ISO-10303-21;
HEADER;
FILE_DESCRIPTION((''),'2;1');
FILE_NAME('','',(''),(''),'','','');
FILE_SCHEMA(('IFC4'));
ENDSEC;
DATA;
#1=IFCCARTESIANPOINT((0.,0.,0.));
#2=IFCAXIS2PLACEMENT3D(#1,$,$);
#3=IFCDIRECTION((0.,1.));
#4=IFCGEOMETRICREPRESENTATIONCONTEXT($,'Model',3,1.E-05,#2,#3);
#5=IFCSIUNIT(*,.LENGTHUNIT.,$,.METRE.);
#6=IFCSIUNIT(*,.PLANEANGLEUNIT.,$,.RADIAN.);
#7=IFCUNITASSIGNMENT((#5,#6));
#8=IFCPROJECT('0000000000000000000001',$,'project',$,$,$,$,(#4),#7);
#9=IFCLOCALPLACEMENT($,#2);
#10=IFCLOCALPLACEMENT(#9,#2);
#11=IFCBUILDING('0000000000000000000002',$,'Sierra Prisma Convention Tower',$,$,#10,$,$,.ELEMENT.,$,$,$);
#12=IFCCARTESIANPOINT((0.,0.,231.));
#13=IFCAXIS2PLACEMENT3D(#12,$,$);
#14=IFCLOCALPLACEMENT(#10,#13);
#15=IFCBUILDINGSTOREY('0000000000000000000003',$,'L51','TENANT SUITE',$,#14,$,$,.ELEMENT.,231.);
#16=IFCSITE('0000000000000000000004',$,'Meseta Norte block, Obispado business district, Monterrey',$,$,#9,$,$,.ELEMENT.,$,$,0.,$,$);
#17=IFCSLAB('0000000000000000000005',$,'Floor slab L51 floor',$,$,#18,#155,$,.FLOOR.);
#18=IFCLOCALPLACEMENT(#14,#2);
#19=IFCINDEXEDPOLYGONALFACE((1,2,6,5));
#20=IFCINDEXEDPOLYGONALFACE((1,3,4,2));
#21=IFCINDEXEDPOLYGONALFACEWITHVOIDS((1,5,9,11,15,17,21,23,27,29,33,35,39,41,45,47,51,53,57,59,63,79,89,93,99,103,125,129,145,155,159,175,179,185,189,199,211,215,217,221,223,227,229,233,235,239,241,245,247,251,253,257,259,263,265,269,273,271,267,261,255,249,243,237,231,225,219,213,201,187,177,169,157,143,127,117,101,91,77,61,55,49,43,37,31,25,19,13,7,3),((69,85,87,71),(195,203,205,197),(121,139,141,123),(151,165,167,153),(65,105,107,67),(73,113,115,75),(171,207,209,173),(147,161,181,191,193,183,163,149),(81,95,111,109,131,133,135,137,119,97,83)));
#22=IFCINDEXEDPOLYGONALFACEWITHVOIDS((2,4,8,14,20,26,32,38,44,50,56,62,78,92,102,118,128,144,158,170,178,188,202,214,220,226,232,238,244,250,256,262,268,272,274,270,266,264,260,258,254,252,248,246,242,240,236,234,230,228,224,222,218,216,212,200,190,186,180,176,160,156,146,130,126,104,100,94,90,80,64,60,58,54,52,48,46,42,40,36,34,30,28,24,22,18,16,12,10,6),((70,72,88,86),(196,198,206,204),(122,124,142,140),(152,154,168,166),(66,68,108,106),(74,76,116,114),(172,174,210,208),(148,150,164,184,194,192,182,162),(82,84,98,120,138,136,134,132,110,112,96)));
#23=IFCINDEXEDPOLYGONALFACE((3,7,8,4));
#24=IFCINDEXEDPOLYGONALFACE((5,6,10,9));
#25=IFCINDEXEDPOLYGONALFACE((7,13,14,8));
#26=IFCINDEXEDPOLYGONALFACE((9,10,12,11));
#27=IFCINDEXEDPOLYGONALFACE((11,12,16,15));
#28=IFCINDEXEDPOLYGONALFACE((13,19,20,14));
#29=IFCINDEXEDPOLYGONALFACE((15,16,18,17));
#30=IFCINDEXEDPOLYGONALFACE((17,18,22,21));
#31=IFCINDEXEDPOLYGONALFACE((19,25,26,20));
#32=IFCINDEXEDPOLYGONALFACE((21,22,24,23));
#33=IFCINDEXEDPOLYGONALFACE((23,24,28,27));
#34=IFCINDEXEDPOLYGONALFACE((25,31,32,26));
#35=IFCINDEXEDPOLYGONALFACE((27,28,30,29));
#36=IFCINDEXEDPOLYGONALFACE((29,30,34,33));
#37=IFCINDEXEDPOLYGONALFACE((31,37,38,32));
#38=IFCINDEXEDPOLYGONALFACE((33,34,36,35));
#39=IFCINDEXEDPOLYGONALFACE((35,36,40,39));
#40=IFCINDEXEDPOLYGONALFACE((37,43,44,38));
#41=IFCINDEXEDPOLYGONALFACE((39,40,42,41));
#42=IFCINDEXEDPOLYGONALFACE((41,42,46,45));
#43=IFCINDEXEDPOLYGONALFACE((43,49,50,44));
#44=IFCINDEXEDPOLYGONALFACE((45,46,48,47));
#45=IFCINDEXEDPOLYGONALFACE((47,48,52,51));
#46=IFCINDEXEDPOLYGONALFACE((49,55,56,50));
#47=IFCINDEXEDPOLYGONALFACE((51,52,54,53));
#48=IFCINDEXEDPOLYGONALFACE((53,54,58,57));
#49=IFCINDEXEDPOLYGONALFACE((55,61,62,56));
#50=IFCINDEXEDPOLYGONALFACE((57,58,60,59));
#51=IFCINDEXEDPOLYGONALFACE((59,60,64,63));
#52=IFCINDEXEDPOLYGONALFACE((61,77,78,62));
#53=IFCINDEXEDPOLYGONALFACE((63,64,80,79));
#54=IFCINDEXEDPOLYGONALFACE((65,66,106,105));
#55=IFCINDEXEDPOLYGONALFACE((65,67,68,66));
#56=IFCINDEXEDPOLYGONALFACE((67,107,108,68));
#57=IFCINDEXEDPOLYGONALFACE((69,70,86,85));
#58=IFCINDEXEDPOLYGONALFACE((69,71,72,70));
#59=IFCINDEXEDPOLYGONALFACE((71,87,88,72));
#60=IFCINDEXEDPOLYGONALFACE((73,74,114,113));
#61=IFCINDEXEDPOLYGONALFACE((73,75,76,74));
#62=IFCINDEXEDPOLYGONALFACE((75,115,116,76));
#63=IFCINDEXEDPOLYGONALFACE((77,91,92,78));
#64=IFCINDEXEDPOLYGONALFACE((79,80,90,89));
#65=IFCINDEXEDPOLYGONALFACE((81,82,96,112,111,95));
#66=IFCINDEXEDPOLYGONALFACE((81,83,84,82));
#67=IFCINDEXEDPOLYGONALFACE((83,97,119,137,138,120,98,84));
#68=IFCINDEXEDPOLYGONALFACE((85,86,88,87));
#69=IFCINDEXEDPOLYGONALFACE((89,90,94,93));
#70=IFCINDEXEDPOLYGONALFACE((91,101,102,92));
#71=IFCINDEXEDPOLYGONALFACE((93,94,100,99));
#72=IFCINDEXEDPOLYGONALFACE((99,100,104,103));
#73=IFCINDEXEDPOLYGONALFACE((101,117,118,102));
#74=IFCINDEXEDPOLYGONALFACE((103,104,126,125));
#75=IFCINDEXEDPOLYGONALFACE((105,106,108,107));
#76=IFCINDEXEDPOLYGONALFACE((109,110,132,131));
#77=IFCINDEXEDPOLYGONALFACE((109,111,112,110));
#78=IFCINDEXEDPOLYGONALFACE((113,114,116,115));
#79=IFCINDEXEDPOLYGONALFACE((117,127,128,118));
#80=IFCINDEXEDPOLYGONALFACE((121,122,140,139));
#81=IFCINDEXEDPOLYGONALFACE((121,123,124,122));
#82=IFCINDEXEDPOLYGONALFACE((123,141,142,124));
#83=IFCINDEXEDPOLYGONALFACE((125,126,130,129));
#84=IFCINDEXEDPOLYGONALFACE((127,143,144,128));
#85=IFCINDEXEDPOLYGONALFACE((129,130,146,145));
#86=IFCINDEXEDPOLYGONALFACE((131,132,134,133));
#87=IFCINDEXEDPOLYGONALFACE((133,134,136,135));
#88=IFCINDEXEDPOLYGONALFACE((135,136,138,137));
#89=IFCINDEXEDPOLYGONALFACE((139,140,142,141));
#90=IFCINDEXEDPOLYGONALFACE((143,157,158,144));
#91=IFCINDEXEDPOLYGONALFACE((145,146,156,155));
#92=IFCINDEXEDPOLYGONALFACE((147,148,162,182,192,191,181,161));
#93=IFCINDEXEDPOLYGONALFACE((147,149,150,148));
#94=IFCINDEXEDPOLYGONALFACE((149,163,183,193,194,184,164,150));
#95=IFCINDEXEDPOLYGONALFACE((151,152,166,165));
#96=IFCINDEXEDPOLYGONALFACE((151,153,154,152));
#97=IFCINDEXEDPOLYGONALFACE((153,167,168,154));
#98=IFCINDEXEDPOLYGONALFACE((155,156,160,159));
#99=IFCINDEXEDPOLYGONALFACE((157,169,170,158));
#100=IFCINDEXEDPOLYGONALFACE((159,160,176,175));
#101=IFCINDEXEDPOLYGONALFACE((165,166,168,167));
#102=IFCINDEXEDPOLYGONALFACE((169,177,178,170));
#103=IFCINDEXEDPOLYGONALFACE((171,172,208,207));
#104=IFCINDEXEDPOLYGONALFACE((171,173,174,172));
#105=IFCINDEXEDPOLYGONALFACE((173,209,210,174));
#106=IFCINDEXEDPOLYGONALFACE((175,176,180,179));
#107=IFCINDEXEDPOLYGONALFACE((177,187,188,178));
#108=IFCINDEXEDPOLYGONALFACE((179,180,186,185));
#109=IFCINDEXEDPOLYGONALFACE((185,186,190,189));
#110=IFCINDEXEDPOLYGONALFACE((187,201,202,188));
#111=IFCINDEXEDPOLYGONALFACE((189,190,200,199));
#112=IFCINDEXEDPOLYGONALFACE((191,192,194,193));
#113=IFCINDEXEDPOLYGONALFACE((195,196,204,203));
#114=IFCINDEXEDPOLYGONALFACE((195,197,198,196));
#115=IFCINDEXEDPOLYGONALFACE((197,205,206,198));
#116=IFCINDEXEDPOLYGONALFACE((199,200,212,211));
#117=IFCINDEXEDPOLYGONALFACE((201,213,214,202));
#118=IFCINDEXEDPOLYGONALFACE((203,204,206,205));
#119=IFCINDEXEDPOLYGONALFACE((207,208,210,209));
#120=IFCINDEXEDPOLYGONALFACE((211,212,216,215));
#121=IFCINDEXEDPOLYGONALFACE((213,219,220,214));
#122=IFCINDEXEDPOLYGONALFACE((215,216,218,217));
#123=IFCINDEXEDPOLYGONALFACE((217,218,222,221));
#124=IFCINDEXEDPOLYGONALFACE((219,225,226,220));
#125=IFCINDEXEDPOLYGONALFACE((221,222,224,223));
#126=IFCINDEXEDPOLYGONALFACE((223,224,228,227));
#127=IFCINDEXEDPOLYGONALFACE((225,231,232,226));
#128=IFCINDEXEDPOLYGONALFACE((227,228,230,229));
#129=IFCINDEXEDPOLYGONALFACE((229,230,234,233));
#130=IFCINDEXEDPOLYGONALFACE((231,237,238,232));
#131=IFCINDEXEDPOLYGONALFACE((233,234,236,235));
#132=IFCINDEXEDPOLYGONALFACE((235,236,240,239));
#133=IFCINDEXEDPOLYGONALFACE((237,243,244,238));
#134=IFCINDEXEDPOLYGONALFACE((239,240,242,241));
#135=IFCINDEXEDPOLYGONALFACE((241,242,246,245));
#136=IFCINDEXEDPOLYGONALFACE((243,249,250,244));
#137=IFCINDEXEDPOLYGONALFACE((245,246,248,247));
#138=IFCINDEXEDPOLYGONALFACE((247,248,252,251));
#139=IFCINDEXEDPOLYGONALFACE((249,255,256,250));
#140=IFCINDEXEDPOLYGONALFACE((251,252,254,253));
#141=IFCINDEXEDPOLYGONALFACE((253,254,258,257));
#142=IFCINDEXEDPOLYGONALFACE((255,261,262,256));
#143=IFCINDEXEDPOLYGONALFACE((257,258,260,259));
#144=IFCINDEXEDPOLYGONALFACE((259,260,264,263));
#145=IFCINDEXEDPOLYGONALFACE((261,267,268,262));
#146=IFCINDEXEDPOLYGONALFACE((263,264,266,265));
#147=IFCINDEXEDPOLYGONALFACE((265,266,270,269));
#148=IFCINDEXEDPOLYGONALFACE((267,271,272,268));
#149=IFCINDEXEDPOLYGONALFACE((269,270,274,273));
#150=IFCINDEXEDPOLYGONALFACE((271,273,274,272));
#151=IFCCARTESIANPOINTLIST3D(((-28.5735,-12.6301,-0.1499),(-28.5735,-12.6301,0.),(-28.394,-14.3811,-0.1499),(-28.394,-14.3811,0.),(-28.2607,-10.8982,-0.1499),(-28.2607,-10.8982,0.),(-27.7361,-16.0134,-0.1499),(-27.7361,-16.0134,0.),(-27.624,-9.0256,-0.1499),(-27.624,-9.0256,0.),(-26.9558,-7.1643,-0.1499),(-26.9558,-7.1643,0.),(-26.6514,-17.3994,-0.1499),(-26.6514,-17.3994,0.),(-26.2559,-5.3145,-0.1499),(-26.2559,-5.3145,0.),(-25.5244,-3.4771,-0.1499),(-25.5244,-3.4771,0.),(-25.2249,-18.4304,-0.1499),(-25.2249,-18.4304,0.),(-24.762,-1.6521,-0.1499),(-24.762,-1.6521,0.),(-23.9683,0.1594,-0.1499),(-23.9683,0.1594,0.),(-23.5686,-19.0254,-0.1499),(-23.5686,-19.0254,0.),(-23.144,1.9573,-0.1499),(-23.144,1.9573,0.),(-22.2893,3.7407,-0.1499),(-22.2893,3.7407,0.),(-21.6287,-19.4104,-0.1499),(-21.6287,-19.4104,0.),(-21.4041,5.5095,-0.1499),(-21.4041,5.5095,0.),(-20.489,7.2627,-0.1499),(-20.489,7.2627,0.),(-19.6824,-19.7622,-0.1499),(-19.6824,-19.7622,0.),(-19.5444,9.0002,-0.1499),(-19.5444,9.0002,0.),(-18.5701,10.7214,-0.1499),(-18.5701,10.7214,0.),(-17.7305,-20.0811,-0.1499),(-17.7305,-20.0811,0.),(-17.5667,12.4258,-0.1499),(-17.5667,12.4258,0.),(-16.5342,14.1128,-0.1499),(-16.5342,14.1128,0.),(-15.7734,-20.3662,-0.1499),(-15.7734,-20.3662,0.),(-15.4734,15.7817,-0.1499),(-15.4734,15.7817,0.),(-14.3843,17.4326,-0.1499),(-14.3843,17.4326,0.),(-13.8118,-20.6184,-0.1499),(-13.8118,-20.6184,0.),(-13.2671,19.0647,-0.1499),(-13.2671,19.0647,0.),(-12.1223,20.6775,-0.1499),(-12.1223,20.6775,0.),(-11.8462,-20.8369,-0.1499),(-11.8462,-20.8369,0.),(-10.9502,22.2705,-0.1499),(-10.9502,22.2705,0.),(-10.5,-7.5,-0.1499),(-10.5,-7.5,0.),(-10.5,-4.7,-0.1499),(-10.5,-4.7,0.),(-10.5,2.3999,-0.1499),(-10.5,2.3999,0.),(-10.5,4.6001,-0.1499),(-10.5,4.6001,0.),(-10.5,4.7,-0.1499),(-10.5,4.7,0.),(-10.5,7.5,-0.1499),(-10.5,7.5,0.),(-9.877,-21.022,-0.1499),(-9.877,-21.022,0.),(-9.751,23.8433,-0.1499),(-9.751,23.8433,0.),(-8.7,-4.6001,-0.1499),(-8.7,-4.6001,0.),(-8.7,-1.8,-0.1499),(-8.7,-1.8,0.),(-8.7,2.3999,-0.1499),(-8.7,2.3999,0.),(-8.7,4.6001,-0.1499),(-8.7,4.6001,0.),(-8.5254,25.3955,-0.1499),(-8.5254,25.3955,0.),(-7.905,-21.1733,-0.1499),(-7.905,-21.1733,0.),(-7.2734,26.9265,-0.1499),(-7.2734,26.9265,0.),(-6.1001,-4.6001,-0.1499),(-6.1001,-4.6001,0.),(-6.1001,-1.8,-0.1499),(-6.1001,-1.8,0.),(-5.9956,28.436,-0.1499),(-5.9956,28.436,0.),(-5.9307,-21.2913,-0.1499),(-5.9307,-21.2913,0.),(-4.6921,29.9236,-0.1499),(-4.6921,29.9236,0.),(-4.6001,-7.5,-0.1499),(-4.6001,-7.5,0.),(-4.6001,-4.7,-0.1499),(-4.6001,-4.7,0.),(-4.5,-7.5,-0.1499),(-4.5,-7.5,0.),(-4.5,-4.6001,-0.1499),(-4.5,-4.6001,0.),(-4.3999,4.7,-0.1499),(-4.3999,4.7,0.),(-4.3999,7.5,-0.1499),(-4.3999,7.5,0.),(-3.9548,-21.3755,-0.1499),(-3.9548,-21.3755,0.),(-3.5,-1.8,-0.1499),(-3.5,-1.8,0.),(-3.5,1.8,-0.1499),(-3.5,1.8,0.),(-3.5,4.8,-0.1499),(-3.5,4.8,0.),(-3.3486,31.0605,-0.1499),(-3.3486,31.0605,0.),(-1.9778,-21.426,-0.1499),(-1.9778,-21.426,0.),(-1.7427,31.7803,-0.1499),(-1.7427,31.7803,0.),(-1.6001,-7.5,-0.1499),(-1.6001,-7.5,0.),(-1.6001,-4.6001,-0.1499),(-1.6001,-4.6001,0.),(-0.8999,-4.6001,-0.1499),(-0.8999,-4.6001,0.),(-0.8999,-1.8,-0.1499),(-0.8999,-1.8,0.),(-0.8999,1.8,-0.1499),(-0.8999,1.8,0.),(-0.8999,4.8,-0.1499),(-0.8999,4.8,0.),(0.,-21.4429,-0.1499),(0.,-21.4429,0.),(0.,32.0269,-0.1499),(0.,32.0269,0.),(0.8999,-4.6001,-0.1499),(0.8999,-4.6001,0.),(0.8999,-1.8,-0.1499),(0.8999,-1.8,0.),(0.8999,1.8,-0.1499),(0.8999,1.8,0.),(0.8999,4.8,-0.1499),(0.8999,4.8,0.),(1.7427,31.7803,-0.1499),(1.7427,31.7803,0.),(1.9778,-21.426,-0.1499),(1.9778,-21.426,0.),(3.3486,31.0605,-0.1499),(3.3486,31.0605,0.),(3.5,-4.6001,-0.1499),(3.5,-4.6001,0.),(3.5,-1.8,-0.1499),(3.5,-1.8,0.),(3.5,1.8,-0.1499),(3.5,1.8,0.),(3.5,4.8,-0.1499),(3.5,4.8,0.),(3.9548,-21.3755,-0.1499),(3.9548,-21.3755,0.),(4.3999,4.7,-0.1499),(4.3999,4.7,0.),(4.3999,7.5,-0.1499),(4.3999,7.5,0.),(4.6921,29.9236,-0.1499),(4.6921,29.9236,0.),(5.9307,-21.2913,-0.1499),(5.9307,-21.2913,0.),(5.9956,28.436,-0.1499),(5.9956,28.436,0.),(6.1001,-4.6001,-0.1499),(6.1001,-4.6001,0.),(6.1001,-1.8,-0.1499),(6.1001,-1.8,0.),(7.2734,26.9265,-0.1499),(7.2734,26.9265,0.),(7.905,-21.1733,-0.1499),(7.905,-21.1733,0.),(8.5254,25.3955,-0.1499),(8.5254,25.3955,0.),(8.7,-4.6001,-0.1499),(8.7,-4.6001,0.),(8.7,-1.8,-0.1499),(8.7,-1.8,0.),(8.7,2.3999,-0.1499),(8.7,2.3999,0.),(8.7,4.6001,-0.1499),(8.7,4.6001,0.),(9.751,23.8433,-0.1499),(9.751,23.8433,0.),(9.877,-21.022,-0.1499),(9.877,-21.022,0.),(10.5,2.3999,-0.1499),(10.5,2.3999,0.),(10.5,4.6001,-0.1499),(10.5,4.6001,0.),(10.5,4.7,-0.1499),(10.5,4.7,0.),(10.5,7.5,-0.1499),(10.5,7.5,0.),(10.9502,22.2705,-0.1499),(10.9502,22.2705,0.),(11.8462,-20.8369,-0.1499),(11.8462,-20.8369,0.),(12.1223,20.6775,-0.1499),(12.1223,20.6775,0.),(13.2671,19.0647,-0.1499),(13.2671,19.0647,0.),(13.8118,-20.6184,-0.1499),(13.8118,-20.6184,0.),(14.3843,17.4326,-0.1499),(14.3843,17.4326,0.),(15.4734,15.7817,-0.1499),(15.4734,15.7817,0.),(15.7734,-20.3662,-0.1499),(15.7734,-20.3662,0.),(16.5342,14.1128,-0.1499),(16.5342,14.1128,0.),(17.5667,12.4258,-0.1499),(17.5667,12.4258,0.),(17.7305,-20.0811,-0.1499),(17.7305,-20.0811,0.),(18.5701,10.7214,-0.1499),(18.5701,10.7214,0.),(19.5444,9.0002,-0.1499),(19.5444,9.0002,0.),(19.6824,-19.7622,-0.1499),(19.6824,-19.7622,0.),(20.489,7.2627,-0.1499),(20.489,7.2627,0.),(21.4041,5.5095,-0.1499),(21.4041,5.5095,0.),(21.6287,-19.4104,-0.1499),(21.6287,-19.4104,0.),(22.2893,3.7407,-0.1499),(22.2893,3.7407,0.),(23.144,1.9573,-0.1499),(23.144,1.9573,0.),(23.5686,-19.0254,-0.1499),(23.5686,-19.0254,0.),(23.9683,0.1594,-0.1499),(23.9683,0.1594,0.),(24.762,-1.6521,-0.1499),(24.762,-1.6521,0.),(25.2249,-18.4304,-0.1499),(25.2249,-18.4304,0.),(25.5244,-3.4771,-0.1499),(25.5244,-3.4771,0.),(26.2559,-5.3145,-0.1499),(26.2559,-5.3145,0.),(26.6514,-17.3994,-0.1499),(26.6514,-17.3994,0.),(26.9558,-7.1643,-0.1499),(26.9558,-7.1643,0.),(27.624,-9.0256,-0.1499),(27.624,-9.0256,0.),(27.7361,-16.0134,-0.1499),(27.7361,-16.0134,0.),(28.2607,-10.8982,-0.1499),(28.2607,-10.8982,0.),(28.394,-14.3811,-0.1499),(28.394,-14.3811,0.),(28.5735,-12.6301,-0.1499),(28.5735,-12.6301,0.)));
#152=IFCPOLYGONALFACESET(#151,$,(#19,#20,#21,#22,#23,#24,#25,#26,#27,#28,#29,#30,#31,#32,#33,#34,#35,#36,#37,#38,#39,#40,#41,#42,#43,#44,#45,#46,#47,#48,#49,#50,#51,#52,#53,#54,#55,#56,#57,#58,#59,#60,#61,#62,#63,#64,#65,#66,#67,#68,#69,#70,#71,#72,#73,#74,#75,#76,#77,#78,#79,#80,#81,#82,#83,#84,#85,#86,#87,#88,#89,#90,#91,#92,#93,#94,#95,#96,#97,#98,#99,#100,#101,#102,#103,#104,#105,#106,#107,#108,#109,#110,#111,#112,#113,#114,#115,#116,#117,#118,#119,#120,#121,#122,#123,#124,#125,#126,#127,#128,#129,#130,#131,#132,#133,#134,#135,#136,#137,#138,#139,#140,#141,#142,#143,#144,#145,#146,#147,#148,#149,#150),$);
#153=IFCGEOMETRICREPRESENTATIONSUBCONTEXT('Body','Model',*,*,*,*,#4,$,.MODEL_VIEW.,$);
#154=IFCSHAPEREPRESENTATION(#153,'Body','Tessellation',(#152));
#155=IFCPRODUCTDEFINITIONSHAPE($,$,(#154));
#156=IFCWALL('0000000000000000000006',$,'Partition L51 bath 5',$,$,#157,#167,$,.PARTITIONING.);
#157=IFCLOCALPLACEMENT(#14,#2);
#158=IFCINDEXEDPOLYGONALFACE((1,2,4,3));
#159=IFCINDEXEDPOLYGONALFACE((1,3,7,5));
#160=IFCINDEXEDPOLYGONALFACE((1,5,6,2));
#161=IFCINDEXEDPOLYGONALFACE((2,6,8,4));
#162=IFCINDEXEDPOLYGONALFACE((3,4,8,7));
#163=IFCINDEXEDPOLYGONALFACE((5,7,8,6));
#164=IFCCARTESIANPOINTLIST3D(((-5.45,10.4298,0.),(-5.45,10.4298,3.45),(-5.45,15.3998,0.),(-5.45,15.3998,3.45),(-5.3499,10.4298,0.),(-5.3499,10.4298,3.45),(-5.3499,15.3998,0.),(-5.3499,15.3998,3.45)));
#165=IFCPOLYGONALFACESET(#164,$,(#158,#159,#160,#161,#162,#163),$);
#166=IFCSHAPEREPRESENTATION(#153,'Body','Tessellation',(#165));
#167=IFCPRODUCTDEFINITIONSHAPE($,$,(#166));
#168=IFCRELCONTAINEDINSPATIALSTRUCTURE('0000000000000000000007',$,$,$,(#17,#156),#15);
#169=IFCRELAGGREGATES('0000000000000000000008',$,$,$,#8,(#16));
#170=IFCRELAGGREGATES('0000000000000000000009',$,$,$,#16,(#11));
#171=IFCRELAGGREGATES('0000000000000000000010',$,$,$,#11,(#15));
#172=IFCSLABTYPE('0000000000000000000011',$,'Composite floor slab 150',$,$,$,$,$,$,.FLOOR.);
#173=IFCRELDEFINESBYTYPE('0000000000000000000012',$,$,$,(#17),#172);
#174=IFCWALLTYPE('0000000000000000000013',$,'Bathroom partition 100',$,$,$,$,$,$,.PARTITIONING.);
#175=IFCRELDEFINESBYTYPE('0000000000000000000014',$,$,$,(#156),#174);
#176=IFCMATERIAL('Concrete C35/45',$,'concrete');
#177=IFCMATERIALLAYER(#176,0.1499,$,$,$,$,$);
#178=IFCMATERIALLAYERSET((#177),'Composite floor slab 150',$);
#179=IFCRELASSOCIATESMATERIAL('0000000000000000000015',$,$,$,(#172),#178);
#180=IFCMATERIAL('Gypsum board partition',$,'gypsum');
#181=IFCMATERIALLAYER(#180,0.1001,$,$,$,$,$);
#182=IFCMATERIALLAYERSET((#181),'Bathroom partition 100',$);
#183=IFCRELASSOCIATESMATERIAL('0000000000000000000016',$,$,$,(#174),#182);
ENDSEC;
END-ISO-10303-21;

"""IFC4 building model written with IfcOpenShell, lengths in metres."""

from ifc_helpers import new_model, si_unit, direction, frame, frame_2d, origin, place, context, subcontext, project, spatial, polyline, rectangle, outline, extrude, material, layer, layer_set, type_object, element, save


model = new_model("IFC4")

# Units and contexts
model_context = context("Model", 3, precision=1e-05, world=origin(), true_north=direction((0.0, 1.0)))
body_context = subcontext(model_context, "Body", "Model", "MODEL_VIEW")
ifc_project = project(units=[si_unit("LENGTHUNIT", "METRE"), si_unit("PLANEANGLEUNIT", "RADIAN")], contexts=[model_context])

# Site, building, storey
site_placement = place(None, origin())
site = spatial("IfcSite", under=ifc_project, at=site_placement, Name="Meseta Norte block, Obispado business district, Monterrey", CompositionType="ELEMENT", RefElevation=0.0)
building_placement = place(site_placement, origin())
building = spatial("IfcBuilding", under=site, at=building_placement, Name="Sierra Prisma Convention Tower", CompositionType="ELEMENT")
storey_placement = place(building_placement, frame((0.0, 0.0, 231.0)))
storey = spatial("IfcBuildingStorey", under=building, at=storey_placement, Name="L51", Description="TENANT SUITE", CompositionType="ELEMENT", Elevation=231.0)

# Slab
ifc_material_1 = material(Name="Concrete C35/45", Category="concrete")
ifc_layer_1 = layer(ifc_material_1, 0.1499)
ifc_layer_set_1 = layer_set([ifc_layer_1], Name="Composite floor slab 150")
slab_type = type_object("IfcSlabType", Name="Composite floor slab 150", PredefinedType="FLOOR", material=ifc_layer_set_1)
slab_placement = place(storey_placement, frame((0.0, 0.0, -0.1499)))
element("IfcSlab", 1, at=slab_placement, inside=storey, type_object=slab_type, Name="Floor slab L51 floor", PredefinedType="FLOOR", context=body_context, shape_type="SweptSolid", body=[
    extrude(outline(polyline([(-23.5686, -19.0254), (-21.6287, -19.4104), (-19.6824, -19.7622), (-17.7305, -20.0811), (-15.7734, -20.3662), (-13.8118, -20.6184), (-11.8462, -20.8369), (-9.877, -21.022), (-7.905, -21.1733), (-5.9307, -21.2913), (-3.9548, -21.3755), (-1.9778, -21.426), (0.0, -21.4429), (1.9778, -21.426), (3.9548, -21.3755), (5.9307, -21.2913), (7.905, -21.1733), (9.877, -21.022), (11.8462, -20.8369), (13.8118, -20.6184), (15.7734, -20.3662), (17.7305, -20.0811), (19.6824, -19.7622), (21.6287, -19.4104), (23.5686, -19.0254), (25.2249, -18.4304), (26.6514, -17.3994), (27.7361, -16.0134), (28.394, -14.3811), (28.5735, -12.6301), (28.2607, -10.8982), (27.624, -9.0256), (26.9558, -7.1643), (26.2559, -5.3145), (25.5244, -3.4771), (24.762, -1.6521), (23.9683, 0.1594), (23.144, 1.9573), (22.2893, 3.7407), (21.4041, 5.5095), (20.489, 7.2627), (19.5444, 9.0002), (18.5701, 10.7214), (17.5667, 12.4258), (16.5342, 14.1128), (15.4734, 15.7817), (14.3843, 17.4326), (13.2671, 19.0647), (12.1223, 20.6775), (10.9502, 22.2705), (9.751, 23.8433), (8.5254, 25.3955), (7.2734, 26.9265), (5.9956, 28.436), (4.6921, 29.9236), (3.3486, 31.0605), (1.7427, 31.7803), (0.0, 32.0269), (-1.7427, 31.7803), (-3.3486, 31.0605), (-4.6921, 29.9236), (-5.9956, 28.436), (-7.2734, 26.9265), (-8.5254, 25.3955), (-9.751, 23.8433), (-10.9502, 22.2705), (-12.1223, 20.6775), (-13.2671, 19.0647), (-14.3843, 17.4326), (-15.4734, 15.7817), (-16.5342, 14.1128), (-17.5667, 12.4258), (-18.5701, 10.7214), (-19.5444, 9.0002), (-20.489, 7.2627), (-21.4041, 5.5095), (-22.2893, 3.7407), (-23.144, 1.9573), (-23.9683, 0.1594), (-24.762, -1.6521), (-25.5244, -3.4771), (-26.2559, -5.3145), (-26.9558, -7.1643), (-27.624, -9.0256), (-28.2607, -10.8982), (-28.5735, -12.6301), (-28.394, -14.3811), (-27.7361, -16.0134), (-26.6514, -17.3994), (-25.2249, -18.4304), (-23.5686, -19.0254)]), holes=[polyline([(-4.6001, -4.7), (-4.6001, -7.5), (-10.5, -7.5), (-10.5, -4.7), (-4.6001, -4.7)]), polyline([(-4.5, -7.5), (-4.5, -4.6001), (-6.1001, -4.6001), (-8.7, -4.6001), (-8.7, -1.8), (-6.1001, -1.8), (-3.5, -1.8), (-0.8999, -1.8), (-0.8999, -4.6001), (-1.6001, -4.6001), (-1.6001, -7.5), (-4.5, -7.5)]), polyline([(-8.7, 2.3999), (-10.5, 2.3999), (-10.5, 4.6001), (-8.7, 4.6001), (-8.7, 2.3999)]), polyline([(-4.3999, 4.7), (-10.5, 4.7), (-10.5, 7.5), (-4.3999, 7.5), (-4.3999, 4.7)]), polyline([(3.5, -1.8), (6.1001, -1.8), (8.7, -1.8), (8.7, -4.6001), (6.1001, -4.6001), (3.5, -4.6001), (0.8999, -4.6001), (0.8999, -1.8), (3.5, -1.8)]), polyline([(-0.8999, 1.8), (-3.5, 1.8), (-3.5, 4.8), (-0.8999, 4.8), (-0.8999, 1.8)]), polyline([(3.5, 1.8), (0.8999, 1.8), (0.8999, 4.8), (3.5, 4.8), (3.5, 1.8)]), polyline([(10.5, 2.3999), (8.7, 2.3999), (8.7, 4.6001), (10.5, 4.6001), (10.5, 2.3999)]), polyline([(10.5, 4.7), (4.3999, 4.7), (4.3999, 7.5), (10.5, 7.5), (10.5, 4.7)])]), origin(), (0.0, 0.0, 1.0), 0.1499),
])

# Wall
ifc_material_2 = material(Name="Gypsum board partition", Category="gypsum")
ifc_layer_2 = layer(ifc_material_2, 0.1001)
ifc_layer_set_2 = layer_set([ifc_layer_2], Name="Bathroom partition 100")
wall_type_1 = type_object("IfcWallType", Name="Bathroom partition 100", PredefinedType="PARTITIONING", material=ifc_layer_set_2)
wall_1_placement = place(storey_placement, frame((-5.3999, 10.4299, 0.0), z_axis=(0.0, 0.0, 1.0), x_axis=(0.0, 1.0, 0.0)))
element("IfcWall", 2, at=wall_1_placement, inside=storey, type_object=wall_type_1, Name="Partition L51 bath 5", PredefinedType="PARTITIONING", context=body_context, shape_type="SweptSolid", body=[
    extrude(rectangle(XDim=4.97, YDim=0.1001, at=frame_2d((2.4849, 0.0))), origin(), (0.0, 0.0, 1.0), 3.45),
])

save(model, "model.ifc")
